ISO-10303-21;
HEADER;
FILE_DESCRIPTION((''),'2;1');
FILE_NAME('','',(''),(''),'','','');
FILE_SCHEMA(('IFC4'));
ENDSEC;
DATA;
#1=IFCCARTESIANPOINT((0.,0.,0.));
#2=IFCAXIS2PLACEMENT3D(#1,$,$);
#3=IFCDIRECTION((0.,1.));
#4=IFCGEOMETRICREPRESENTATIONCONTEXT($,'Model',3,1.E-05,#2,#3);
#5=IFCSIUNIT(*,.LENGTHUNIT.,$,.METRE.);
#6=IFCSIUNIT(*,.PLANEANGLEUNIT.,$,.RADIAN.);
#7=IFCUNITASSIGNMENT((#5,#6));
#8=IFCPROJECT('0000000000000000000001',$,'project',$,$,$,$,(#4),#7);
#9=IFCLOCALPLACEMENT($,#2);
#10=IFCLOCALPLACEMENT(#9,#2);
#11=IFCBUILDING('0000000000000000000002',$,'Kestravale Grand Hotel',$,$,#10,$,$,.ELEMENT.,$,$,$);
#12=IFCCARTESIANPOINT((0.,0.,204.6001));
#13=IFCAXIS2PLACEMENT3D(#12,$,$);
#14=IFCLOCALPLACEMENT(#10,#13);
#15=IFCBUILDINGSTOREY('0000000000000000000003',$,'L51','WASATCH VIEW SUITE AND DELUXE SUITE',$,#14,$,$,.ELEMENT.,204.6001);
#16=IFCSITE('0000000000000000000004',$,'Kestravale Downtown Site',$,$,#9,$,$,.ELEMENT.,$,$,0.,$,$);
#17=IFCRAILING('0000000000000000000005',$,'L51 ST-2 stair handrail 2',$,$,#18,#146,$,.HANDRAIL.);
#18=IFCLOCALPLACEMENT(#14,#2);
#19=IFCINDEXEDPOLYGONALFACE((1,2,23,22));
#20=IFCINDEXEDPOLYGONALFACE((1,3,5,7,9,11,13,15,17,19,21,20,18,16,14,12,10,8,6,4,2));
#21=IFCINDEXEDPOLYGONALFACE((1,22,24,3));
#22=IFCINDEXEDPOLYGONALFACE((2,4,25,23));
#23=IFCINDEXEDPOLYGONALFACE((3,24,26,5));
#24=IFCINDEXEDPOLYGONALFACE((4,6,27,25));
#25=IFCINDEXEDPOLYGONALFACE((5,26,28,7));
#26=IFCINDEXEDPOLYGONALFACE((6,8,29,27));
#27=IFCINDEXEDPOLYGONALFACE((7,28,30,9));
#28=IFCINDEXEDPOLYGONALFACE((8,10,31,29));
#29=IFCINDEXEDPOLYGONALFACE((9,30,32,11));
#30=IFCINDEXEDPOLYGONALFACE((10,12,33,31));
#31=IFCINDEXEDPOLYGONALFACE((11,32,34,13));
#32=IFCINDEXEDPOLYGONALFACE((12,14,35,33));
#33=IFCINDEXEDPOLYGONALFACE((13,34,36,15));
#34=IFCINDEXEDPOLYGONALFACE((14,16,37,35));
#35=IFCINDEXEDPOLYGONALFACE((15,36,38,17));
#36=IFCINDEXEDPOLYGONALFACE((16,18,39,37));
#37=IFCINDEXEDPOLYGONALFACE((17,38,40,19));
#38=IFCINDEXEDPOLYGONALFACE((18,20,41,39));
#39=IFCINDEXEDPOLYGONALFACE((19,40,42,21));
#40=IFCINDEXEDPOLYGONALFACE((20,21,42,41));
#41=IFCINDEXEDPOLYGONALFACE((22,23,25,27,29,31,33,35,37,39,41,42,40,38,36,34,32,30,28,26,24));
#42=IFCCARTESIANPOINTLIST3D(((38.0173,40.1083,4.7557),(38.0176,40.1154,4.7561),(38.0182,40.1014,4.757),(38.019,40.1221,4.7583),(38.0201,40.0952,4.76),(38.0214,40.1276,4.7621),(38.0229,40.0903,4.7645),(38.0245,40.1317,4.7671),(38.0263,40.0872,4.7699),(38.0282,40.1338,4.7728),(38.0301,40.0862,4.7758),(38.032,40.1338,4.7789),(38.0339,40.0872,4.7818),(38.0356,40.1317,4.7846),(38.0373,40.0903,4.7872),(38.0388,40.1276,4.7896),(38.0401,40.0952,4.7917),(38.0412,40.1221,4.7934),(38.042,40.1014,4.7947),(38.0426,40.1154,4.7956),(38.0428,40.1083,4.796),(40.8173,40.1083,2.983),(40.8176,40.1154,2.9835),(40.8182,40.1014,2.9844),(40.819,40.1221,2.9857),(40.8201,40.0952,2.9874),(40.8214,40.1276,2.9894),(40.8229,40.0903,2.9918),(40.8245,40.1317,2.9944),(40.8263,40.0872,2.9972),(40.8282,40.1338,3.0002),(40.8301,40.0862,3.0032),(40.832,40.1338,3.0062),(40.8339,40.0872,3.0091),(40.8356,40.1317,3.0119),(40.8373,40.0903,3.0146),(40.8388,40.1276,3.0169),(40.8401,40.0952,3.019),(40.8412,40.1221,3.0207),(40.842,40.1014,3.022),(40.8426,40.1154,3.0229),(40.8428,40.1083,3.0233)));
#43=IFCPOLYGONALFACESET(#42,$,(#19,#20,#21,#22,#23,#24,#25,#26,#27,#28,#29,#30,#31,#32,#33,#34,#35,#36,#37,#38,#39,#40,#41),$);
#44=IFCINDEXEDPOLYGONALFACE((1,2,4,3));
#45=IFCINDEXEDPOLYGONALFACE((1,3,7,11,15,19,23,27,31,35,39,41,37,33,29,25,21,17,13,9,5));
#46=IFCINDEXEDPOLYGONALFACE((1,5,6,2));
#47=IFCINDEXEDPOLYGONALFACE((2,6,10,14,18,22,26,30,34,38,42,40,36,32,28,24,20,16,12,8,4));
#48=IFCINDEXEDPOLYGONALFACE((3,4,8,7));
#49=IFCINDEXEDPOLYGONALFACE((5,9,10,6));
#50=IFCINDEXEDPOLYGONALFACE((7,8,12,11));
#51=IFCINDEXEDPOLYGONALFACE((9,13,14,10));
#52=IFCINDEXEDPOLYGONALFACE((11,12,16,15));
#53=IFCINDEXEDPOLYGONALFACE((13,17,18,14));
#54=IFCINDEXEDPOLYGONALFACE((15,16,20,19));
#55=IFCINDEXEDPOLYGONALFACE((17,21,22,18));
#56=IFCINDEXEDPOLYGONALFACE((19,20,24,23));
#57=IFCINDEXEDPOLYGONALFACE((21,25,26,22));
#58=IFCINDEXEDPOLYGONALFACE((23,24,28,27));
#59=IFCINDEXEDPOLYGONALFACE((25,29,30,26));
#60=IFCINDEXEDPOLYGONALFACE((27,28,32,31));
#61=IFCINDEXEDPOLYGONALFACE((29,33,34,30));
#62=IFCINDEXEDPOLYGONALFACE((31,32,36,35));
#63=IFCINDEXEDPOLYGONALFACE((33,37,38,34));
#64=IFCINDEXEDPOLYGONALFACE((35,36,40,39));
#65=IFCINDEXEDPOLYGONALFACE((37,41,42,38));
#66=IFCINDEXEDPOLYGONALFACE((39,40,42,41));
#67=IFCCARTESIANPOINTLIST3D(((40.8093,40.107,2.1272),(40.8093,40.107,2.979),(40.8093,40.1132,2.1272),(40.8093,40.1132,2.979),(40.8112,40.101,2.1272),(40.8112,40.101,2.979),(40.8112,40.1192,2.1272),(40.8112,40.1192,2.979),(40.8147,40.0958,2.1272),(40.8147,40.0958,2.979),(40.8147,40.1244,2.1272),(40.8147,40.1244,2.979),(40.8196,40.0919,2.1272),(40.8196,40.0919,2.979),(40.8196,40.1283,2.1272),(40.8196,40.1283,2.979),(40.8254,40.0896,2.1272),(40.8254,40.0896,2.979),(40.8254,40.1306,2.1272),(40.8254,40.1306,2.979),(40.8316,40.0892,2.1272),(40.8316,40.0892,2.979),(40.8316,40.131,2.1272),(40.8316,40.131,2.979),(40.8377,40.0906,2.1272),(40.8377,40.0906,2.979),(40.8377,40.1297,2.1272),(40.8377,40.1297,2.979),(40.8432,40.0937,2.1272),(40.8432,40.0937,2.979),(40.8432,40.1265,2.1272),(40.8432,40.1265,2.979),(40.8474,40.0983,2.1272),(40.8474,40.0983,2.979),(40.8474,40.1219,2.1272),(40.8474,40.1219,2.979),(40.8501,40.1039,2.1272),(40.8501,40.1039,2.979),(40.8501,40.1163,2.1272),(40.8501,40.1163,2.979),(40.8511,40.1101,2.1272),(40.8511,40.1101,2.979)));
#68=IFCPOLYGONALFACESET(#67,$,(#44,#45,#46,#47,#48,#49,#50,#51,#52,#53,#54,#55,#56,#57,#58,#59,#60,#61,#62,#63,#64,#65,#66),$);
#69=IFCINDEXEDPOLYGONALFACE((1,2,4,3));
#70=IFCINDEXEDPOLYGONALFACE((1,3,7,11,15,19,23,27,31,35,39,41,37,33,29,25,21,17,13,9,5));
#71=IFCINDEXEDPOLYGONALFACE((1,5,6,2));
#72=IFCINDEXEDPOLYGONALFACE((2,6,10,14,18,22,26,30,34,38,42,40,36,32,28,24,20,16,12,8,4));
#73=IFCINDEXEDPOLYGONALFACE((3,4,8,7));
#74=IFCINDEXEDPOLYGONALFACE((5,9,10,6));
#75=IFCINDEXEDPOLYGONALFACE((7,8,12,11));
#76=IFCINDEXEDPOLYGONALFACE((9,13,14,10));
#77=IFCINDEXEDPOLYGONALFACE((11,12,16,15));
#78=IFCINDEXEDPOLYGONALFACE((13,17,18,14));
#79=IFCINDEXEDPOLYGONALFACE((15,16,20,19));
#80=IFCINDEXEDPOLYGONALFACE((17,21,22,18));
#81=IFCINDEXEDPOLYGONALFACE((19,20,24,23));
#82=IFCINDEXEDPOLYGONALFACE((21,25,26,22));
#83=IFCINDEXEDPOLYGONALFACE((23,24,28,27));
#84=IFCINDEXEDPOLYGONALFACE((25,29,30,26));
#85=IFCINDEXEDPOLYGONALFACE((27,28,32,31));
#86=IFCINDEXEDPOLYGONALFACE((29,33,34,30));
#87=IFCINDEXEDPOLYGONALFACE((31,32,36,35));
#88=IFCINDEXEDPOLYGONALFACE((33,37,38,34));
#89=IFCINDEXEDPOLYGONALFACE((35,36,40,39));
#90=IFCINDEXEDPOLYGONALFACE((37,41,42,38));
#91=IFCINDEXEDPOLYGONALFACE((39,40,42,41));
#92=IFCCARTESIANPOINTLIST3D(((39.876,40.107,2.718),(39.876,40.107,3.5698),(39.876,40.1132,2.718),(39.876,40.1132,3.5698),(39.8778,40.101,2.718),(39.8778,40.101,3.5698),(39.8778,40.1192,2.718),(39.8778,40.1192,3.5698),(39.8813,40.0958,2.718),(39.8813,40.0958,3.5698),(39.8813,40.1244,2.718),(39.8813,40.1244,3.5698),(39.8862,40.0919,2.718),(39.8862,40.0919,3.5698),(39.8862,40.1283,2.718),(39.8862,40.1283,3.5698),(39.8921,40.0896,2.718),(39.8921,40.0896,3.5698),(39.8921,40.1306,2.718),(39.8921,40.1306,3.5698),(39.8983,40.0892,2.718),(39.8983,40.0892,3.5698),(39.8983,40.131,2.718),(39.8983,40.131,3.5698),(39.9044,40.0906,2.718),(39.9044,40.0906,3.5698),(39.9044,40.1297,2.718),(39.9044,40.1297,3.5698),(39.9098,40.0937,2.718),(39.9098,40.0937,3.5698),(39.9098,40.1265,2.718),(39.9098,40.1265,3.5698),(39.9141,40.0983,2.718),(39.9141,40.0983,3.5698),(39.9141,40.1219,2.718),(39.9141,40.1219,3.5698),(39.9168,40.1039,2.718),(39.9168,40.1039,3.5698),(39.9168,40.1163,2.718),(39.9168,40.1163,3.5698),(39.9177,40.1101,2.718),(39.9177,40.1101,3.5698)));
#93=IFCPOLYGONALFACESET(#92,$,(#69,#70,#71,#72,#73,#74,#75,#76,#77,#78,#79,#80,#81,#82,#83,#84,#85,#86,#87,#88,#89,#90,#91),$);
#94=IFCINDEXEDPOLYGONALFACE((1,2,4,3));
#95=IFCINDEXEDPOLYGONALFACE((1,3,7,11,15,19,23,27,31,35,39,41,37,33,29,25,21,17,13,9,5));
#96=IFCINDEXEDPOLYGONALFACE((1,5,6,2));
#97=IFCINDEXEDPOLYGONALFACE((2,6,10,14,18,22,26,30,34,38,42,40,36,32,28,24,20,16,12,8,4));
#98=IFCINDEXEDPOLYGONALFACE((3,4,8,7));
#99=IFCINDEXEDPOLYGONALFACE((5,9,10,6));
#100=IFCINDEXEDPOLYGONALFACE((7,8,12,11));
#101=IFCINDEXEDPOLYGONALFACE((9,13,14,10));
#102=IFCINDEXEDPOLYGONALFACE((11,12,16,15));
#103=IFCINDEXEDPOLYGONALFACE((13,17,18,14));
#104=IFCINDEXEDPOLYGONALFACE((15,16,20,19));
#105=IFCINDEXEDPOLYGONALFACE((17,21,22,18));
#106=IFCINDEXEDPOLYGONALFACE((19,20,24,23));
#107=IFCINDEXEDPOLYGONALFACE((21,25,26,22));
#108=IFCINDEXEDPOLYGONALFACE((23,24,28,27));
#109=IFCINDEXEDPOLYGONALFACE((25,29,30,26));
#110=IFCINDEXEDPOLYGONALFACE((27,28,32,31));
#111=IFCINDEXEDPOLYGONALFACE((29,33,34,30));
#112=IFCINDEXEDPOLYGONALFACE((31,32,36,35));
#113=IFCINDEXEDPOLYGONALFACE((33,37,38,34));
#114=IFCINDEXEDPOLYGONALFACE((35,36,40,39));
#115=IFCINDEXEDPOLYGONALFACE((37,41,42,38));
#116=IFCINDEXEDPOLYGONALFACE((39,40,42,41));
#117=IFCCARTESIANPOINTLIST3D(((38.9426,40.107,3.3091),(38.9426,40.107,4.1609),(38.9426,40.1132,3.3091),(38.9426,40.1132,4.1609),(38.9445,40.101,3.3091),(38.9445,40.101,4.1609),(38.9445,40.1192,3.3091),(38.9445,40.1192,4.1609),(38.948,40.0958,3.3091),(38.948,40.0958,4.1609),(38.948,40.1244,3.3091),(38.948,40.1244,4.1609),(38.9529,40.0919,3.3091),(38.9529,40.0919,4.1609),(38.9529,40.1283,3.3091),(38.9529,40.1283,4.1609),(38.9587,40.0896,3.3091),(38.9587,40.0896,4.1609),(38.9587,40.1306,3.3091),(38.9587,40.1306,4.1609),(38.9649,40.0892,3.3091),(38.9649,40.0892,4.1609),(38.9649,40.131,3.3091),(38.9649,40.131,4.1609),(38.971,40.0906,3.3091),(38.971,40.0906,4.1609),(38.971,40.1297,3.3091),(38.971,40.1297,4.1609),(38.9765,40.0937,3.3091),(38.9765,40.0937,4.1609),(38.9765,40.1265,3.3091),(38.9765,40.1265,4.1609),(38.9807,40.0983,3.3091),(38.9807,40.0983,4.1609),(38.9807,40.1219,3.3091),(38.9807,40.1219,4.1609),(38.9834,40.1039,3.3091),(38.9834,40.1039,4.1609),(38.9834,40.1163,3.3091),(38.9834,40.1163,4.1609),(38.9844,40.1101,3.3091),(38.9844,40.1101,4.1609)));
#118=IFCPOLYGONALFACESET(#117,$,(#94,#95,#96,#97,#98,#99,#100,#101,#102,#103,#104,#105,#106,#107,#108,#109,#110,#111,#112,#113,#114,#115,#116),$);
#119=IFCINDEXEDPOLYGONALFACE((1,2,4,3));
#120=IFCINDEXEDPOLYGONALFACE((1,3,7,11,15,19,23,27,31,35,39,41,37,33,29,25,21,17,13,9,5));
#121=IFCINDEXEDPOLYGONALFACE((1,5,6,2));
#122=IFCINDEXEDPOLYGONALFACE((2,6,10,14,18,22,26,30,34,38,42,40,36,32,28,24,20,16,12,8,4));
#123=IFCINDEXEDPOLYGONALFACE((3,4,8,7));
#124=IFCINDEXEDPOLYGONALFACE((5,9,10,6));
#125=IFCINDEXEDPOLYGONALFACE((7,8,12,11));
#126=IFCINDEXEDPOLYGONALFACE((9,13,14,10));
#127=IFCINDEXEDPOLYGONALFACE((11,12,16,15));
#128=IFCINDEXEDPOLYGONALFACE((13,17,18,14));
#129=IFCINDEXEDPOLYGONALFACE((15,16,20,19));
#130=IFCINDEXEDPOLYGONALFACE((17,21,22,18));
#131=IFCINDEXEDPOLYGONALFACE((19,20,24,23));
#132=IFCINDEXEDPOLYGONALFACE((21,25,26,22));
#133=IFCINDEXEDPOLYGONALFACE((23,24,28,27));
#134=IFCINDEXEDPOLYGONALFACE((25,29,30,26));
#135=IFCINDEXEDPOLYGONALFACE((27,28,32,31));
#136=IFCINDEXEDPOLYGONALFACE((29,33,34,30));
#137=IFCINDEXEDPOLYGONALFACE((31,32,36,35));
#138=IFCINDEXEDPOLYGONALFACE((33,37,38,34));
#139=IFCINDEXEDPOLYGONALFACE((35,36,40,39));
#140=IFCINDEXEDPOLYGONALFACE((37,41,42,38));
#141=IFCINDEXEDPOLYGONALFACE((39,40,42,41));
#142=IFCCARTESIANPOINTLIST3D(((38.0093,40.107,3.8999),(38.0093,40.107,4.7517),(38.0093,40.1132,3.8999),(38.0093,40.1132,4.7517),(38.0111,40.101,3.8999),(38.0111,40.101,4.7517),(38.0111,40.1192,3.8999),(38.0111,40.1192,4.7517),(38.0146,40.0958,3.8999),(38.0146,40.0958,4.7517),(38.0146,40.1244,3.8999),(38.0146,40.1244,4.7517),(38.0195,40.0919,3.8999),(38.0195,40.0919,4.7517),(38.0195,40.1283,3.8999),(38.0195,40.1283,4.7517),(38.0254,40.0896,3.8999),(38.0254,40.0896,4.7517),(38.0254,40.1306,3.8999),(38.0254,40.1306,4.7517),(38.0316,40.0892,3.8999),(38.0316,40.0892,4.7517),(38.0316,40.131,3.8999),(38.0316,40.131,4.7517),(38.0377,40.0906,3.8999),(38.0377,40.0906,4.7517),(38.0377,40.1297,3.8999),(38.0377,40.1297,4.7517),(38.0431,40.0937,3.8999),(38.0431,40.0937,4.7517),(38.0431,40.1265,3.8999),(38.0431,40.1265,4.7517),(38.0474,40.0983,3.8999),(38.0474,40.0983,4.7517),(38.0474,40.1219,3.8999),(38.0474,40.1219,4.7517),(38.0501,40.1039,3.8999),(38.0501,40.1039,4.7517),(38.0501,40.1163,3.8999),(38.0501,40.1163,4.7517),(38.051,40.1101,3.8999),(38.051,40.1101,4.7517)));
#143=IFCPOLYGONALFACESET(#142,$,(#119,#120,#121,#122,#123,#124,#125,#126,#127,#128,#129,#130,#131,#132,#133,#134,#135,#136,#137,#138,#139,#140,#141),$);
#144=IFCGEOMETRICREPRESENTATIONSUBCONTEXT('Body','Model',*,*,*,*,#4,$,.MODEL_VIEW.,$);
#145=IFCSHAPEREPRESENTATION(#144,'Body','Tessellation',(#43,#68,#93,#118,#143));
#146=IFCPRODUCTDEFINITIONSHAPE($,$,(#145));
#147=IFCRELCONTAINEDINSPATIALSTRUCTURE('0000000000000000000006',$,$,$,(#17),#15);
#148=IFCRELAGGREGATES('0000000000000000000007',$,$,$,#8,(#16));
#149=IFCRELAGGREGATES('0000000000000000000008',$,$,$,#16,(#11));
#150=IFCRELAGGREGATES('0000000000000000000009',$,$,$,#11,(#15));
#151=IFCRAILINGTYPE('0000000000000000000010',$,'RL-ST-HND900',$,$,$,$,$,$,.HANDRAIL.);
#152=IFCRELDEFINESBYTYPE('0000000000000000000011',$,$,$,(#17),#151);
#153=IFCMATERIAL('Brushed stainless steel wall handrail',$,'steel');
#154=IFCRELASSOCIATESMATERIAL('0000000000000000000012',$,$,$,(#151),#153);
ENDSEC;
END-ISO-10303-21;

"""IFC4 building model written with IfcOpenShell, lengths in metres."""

from ifc_helpers import new_model, si_unit, direction, frame, origin, origin_2d, place, context, subcontext, project, spatial, circle, extrude, material, type_object, element, save


model = new_model("IFC4")

# Units and contexts
model_context = context("Model", 3, precision=1e-05, world=origin(), true_north=direction((0.0, 1.0)))
body_context = subcontext(model_context, "Body", "Model", "MODEL_VIEW")
ifc_project = project(units=[si_unit("LENGTHUNIT", "METRE"), si_unit("PLANEANGLEUNIT", "RADIAN")], contexts=[model_context])

# Site, building, storey
site_placement = place(None, origin())
site = spatial("IfcSite", under=ifc_project, at=site_placement, Name="Kestravale Downtown Site", CompositionType="ELEMENT", RefElevation=0.0)
building_placement = place(site_placement, origin())
building = spatial("IfcBuilding", under=site, at=building_placement, Name="Kestravale Grand Hotel", CompositionType="ELEMENT")
storey_placement = place(building_placement, frame((0.0, 0.0, 204.6001)))
storey = spatial("IfcBuildingStorey", under=building, at=storey_placement, Name="L51", Description="WASATCH VIEW SUITE AND DELUXE SUITE", CompositionType="ELEMENT", Elevation=204.6001)

# Railing
ifc_material_1 = material(Name="Brushed stainless steel wall handrail", Category="steel")
railing_type_1 = type_object("IfcRailingType", Name="RL-ST-HND900", PredefinedType="HANDRAIL", material=ifc_material_1)
railing_1_placement = place(storey_placement, frame((40.8301, 40.1101, 2.1272)))
element("IfcRailing", 1, at=railing_1_placement, inside=storey, type_object=railing_type_1, Name="L51 ST-2 stair handrail 2", PredefinedType="HANDRAIL", context=body_context, shape_type="SweptSolid", body=[
    extrude(circle(Radius=0.0239, at=origin_2d()), frame((0.0, 0.0, 0.876), z_axis=(-0.844909, 0.0, 0.53491), x_axis=(0.0, -1.0, 0.0)), (0.0, 0.0, 1.0), 3.314),
    extrude(circle(Radius=0.021, at=origin_2d()), origin(), (0.0, 0.0, 1.0), 0.8518),
    extrude(circle(Radius=0.021, at=origin_2d()), frame((-0.9333, 0.0, 0.5908)), (0.0, 0.0, 1.0), 0.8518),
    extrude(circle(Radius=0.021, at=origin_2d()), frame((-1.8667, 0.0, 1.1819)), (0.0, 0.0, 1.0), 0.8518),
    extrude(circle(Radius=0.021, at=origin_2d()), frame((-2.8, 0.0, 1.7727)), (0.0, 0.0, 1.0), 0.8518),
])

save(model, "model.ifc")
